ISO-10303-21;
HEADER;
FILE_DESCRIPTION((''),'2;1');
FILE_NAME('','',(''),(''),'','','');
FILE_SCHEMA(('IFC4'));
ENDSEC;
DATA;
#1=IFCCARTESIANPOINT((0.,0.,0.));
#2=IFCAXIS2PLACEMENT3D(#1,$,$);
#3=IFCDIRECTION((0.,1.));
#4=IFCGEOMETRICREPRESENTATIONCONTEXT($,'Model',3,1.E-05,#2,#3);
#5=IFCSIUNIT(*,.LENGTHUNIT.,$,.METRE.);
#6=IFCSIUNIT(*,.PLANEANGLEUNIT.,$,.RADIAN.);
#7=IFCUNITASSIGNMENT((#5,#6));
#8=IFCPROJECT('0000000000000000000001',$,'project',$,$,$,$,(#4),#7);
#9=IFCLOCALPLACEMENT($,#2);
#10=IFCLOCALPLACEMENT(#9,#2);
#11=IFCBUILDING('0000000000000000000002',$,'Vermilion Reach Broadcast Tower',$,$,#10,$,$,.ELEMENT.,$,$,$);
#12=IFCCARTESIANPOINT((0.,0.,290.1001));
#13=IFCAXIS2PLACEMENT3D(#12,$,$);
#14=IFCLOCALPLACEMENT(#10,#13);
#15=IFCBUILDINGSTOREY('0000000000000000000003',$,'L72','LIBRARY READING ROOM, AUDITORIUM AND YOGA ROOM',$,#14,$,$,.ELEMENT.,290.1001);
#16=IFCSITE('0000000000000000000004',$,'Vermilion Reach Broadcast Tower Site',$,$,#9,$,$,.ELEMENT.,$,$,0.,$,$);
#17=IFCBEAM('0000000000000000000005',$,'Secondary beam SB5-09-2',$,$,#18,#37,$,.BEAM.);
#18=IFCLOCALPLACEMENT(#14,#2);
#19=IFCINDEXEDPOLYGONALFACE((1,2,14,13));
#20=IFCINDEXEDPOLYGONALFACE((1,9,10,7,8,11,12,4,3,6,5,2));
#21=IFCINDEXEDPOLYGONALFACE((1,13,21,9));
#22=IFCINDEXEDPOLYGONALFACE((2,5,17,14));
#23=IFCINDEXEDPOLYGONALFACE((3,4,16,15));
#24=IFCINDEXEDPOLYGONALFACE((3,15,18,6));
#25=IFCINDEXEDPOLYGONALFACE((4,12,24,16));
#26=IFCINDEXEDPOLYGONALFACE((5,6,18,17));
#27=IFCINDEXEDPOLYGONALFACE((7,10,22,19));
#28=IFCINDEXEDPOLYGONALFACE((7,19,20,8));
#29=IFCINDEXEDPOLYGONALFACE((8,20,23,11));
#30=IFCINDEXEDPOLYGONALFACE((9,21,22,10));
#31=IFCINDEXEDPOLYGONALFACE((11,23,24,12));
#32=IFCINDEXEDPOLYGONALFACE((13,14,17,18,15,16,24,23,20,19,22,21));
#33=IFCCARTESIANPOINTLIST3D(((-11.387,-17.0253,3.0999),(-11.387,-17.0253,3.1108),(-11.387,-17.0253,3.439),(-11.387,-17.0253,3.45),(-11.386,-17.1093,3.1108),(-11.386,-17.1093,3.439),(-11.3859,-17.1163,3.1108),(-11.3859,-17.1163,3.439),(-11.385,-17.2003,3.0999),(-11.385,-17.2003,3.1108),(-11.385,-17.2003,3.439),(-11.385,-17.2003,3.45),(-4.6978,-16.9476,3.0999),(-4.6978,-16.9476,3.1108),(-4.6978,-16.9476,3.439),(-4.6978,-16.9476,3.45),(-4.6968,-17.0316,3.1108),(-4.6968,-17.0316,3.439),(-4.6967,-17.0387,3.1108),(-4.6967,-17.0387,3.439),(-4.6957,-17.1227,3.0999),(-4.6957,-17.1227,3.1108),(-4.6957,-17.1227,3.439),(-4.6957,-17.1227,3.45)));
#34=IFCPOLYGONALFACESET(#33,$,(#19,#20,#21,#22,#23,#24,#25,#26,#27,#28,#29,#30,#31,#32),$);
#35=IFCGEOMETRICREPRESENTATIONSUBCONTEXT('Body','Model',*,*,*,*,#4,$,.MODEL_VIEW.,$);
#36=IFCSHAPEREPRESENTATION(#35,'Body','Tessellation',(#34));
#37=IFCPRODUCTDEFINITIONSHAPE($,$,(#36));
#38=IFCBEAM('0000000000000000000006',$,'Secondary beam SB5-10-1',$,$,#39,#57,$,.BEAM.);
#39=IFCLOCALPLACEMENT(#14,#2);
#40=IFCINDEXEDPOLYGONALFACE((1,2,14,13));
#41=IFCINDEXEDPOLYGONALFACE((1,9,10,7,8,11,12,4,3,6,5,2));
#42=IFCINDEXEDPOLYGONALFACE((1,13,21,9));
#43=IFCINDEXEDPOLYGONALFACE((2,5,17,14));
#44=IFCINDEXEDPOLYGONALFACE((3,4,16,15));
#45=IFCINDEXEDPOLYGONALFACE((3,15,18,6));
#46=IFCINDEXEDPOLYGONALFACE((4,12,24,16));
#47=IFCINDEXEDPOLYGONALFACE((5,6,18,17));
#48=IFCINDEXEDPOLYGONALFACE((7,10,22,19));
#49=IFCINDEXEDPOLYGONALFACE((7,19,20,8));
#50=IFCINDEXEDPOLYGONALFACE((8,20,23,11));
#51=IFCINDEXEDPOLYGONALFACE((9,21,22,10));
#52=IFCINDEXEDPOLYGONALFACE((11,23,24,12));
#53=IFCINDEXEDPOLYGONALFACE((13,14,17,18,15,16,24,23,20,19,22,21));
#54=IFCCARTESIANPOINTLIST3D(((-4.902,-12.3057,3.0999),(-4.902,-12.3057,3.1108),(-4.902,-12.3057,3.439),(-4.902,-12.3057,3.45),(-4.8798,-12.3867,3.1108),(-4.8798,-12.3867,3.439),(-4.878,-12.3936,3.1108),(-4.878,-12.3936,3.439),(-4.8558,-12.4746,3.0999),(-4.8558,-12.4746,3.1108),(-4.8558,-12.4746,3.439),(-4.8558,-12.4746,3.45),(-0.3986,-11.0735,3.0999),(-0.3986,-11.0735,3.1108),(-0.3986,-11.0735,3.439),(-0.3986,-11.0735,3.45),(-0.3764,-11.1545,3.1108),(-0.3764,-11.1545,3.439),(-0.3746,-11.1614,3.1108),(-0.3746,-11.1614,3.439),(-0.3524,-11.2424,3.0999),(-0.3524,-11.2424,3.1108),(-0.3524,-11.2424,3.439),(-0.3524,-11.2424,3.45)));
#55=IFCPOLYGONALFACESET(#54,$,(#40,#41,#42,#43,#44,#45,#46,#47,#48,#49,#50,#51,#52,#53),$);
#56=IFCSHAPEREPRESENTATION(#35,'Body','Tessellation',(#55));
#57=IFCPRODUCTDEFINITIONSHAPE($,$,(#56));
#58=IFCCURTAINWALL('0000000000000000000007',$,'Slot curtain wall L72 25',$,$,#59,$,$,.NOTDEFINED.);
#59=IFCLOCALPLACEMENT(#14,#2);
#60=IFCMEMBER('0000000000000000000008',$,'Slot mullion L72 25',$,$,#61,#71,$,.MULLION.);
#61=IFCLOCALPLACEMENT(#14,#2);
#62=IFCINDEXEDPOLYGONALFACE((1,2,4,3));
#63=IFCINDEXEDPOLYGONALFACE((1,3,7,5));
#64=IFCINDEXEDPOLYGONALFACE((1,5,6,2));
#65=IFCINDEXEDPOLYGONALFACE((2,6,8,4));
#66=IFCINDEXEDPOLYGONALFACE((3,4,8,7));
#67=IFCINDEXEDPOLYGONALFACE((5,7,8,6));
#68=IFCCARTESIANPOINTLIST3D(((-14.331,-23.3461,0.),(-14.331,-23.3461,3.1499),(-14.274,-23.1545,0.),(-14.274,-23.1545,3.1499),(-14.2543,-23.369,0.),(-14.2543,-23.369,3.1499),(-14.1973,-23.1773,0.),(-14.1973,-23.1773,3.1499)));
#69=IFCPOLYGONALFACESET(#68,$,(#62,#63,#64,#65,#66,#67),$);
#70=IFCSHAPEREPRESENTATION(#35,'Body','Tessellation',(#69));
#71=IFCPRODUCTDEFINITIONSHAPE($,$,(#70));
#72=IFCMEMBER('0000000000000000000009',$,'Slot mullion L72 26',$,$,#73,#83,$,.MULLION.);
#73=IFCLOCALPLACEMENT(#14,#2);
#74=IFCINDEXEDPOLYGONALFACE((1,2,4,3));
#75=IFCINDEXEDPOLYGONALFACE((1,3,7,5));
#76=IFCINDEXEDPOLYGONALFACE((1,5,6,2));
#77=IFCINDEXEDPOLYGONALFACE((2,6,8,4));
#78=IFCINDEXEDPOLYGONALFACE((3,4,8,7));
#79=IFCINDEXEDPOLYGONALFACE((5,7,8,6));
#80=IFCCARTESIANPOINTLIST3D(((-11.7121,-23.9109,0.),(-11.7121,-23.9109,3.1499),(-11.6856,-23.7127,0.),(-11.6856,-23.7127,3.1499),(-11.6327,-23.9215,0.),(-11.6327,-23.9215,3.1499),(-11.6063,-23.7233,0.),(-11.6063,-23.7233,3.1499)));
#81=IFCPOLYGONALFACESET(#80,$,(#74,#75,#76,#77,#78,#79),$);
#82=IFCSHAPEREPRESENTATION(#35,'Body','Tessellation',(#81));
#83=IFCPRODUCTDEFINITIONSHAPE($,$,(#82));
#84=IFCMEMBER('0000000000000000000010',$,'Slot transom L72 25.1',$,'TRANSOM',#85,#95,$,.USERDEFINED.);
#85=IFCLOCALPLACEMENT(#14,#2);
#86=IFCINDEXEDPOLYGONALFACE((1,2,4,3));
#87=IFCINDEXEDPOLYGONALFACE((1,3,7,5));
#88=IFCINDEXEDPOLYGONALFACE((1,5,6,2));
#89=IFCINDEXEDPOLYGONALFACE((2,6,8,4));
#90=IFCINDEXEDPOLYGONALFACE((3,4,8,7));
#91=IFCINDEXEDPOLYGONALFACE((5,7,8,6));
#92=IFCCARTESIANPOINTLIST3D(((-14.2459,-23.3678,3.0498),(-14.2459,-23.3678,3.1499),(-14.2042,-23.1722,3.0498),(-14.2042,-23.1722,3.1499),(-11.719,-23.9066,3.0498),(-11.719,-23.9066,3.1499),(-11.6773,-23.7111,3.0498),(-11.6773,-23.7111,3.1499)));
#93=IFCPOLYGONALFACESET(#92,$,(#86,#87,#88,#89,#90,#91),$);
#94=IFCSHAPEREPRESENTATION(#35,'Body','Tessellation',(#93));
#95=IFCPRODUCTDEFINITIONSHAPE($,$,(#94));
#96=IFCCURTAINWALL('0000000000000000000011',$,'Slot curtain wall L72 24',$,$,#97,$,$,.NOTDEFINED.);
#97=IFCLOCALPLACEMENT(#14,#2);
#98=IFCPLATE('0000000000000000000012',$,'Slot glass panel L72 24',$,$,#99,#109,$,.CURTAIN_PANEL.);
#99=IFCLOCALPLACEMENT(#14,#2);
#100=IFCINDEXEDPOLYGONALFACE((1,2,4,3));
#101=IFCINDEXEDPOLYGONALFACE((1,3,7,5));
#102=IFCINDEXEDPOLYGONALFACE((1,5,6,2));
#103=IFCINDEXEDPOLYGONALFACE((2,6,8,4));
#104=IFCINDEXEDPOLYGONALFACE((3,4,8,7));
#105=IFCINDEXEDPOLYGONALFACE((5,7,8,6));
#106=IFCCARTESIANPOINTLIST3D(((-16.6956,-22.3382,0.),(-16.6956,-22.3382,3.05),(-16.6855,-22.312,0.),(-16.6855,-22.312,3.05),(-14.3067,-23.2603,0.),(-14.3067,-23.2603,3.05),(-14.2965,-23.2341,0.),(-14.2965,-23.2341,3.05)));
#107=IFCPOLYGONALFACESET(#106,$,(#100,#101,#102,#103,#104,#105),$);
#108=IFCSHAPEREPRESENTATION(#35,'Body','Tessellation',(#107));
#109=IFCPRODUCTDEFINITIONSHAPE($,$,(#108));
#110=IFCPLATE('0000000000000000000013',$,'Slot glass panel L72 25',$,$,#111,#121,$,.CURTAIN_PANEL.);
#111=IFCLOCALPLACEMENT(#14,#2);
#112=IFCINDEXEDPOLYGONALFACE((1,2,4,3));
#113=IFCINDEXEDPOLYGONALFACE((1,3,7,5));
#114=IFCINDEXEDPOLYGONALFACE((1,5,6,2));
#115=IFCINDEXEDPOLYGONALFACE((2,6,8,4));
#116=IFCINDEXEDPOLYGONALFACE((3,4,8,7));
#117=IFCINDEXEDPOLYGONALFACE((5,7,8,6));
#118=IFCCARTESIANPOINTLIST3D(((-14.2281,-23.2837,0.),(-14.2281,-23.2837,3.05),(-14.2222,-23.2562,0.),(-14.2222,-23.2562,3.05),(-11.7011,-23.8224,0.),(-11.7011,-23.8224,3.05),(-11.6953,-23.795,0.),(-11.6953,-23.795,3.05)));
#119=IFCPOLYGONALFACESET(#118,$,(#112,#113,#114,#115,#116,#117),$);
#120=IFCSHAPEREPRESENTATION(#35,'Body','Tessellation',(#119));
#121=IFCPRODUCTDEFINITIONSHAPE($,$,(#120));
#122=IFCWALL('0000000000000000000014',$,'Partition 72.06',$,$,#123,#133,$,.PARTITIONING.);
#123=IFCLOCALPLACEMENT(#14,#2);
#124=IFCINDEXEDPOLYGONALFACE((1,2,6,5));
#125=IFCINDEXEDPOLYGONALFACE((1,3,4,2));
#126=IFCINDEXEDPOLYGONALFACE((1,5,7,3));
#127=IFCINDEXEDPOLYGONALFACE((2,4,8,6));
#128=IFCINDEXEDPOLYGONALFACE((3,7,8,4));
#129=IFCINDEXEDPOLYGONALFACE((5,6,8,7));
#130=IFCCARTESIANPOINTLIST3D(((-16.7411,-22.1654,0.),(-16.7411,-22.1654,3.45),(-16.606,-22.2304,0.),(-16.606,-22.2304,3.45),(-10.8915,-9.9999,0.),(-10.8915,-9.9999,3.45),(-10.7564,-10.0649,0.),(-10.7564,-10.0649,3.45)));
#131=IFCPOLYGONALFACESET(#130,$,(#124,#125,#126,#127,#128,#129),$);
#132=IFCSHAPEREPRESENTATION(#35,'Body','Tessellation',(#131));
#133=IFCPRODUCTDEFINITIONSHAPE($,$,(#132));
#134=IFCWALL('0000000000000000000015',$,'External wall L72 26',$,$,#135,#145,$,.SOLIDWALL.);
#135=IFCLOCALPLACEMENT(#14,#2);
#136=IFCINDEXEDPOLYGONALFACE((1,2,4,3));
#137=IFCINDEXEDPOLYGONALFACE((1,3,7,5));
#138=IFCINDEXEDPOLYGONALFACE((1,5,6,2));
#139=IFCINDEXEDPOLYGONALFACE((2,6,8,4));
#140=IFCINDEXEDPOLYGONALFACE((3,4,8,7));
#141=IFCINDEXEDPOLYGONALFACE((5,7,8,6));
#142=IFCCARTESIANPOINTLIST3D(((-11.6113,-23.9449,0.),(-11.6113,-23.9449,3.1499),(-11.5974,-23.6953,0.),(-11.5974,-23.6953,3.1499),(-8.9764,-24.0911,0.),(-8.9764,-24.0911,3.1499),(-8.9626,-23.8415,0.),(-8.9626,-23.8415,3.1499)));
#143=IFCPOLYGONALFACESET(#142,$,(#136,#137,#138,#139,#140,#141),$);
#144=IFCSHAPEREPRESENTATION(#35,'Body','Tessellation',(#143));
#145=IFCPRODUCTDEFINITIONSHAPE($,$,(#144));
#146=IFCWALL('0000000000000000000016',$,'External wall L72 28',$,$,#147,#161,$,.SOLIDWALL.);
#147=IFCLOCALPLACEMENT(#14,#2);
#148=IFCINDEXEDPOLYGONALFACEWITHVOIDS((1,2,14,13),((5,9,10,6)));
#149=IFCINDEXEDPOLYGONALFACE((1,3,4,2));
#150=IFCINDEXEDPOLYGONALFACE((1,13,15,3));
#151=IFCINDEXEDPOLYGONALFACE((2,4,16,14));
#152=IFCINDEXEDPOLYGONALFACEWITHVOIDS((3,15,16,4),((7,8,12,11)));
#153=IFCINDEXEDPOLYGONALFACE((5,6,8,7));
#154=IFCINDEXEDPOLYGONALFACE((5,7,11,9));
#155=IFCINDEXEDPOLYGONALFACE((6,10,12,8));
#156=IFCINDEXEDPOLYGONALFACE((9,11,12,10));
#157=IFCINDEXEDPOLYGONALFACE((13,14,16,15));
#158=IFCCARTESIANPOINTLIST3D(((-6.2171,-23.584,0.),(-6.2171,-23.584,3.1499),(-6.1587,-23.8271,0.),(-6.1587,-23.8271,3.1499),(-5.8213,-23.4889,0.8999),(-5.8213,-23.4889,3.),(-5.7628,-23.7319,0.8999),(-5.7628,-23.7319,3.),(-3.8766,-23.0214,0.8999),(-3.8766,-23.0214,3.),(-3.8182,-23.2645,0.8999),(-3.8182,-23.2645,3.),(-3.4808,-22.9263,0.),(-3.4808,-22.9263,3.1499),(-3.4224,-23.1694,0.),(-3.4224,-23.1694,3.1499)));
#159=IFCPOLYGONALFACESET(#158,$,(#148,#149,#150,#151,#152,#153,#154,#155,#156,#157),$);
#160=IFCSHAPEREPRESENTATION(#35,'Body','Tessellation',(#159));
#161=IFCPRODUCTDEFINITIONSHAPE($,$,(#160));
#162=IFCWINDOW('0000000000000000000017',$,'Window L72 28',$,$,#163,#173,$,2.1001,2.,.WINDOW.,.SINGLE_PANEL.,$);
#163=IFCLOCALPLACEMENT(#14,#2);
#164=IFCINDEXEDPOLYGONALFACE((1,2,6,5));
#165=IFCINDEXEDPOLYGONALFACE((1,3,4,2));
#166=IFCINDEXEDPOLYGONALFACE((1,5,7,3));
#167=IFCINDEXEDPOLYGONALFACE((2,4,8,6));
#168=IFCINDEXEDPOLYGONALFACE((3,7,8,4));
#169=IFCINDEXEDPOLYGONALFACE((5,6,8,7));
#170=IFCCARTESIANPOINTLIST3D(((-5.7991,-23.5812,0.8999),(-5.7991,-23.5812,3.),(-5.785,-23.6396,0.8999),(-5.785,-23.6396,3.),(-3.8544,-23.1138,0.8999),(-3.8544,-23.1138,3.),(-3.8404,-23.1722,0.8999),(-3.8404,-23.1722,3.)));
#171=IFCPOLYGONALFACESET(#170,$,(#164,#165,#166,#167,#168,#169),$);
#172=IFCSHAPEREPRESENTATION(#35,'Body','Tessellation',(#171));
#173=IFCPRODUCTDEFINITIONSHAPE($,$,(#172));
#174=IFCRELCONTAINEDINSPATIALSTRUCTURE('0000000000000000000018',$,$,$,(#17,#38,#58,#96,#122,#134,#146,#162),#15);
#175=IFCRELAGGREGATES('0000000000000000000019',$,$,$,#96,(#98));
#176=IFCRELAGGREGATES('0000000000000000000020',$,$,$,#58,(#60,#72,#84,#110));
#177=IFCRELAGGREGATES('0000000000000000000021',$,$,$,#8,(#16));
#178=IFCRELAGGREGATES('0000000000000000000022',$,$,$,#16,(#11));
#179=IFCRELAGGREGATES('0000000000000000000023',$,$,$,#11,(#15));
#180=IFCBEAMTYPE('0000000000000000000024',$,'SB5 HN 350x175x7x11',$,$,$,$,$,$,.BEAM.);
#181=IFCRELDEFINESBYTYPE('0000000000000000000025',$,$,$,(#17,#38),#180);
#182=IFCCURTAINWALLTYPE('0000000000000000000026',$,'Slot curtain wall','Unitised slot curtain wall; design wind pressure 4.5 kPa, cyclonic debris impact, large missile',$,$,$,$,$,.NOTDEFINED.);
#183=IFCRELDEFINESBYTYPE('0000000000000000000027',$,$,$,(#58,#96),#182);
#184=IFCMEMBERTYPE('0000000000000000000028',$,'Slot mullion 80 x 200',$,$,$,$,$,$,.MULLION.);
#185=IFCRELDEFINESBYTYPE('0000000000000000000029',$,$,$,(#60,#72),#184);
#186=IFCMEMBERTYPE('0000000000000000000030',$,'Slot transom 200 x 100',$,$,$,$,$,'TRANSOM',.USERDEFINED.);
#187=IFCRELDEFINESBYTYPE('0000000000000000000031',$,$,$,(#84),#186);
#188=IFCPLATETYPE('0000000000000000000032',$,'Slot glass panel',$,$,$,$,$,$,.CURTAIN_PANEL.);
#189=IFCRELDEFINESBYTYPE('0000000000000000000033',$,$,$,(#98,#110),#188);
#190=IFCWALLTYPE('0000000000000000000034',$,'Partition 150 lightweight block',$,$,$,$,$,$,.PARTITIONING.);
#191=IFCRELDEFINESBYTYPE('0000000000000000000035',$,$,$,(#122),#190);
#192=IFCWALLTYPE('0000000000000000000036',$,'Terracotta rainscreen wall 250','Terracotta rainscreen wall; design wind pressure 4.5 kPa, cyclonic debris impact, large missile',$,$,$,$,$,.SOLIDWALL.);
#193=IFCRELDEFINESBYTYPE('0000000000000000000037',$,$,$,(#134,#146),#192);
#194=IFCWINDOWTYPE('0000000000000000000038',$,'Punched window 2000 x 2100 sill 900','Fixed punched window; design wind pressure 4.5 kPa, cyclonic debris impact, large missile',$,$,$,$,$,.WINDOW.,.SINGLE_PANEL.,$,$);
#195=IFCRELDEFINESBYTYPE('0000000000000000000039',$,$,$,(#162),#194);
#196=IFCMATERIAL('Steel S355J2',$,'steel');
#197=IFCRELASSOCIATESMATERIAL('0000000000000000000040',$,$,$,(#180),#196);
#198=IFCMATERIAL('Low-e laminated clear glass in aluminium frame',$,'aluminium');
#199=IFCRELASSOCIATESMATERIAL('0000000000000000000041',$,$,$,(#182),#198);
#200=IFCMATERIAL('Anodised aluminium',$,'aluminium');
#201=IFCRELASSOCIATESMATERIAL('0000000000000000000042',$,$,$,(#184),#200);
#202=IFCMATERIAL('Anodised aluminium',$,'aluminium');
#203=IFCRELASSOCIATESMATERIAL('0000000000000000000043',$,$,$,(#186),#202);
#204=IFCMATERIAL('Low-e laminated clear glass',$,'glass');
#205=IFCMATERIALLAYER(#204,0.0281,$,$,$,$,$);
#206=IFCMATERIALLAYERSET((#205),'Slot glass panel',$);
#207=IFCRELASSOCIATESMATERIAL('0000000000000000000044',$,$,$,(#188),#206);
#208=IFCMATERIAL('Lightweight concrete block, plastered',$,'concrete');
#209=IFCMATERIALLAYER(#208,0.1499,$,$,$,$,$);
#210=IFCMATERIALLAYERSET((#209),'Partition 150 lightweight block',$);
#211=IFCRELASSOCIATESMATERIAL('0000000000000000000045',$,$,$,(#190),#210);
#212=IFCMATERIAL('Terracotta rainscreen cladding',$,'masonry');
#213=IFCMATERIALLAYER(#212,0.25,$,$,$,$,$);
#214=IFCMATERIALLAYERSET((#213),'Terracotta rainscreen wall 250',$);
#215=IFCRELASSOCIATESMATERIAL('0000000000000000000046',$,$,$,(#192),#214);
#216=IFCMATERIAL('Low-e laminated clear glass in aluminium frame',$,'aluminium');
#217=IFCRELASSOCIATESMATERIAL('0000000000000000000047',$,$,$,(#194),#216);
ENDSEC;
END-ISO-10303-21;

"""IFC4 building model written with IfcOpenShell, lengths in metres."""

from ifc_helpers import new_model, si_unit, direction, frame, frame_2d, origin, origin_2d, place, context, subcontext, project, spatial, rectangle, i_section, extrude, material, layer, layer_set, material_profile, profile_set, type_object, element, fill, aggregate, save


model = new_model("IFC4")

# Units and contexts
model_context = context("Model", 3, precision=1e-05, world=origin(), true_north=direction((0.0, 1.0)))
body_context = subcontext(model_context, "Body", "Model", "MODEL_VIEW")
ifc_project = project(units=[si_unit("LENGTHUNIT", "METRE"), si_unit("PLANEANGLEUNIT", "RADIAN")], contexts=[model_context])

# Site, building, storey
site_placement = place(None, origin())
site = spatial("IfcSite", under=ifc_project, at=site_placement, Name="Vermilion Reach Broadcast Tower Site", CompositionType="ELEMENT", RefElevation=0.0)
building_placement = place(site_placement, origin())
building = spatial("IfcBuilding", under=site, at=building_placement, Name="Vermilion Reach Broadcast Tower", CompositionType="ELEMENT")
storey_placement = place(building_placement, frame((0.0, 0.0, 290.1001)))
storey = spatial("IfcBuildingStorey", under=building, at=storey_placement, Name="L72", Description="LIBRARY READING ROOM, AUDITORIUM AND YOGA ROOM", CompositionType="ELEMENT", Elevation=290.1001)

# Beams
ifc_material_1 = material(Name="Steel S355J2", Category="steel")
ifc_material_profile_1 = material_profile(ifc_material_1, i_section(OverallWidth=0.175, OverallDepth=0.3501, WebThickness=0.0071, FlangeThickness=0.011, at=origin_2d()), Name="S355J2 HN 350x175x7x11")
ifc_profile_set_1 = profile_set([ifc_material_profile_1], Name="Steel S355J2")
beam_type_1 = type_object("IfcBeamType", Name="SB5 HN 350x175x7x11", PredefinedType="BEAM", material=ifc_profile_set_1)
beam_1_placement = place(storey_placement, frame((-11.386, -17.1128, 3.2749), z_axis=(0.999933, 0.011605, 0.0), x_axis=(-0.011605, 0.999933, 0.0)))
element("IfcBeam", 1, at=beam_1_placement, inside=storey, type_object=beam_type_1, Name="Secondary beam SB5-09-2", PredefinedType="BEAM", context=body_context, shape_type="SweptSolid", body=[
    extrude(i_section(OverallWidth=0.175, OverallDepth=0.3501, WebThickness=0.0071, FlangeThickness=0.011, at=origin_2d()), origin(), (0.0, 0.0, 1.0), 6.6897),
])
beam_2_placement = place(storey_placement, frame((-4.8789, -12.3901, 3.2749), z_axis=(0.964547, 0.263909, 0.0), x_axis=(-0.263909, 0.964547, 0.0)))
element("IfcBeam", 2, at=beam_2_placement, inside=storey, type_object=beam_type_1, Name="Secondary beam SB5-10-1", PredefinedType="BEAM", context=body_context, shape_type="SweptSolid", body=[
    extrude(i_section(OverallWidth=0.175, OverallDepth=0.3501, WebThickness=0.0071, FlangeThickness=0.011, at=origin_2d()), origin(), (0.0, 0.0, 1.0), 4.6689),
])

# Curtain wall, members
ifc_material_2 = material(Name="Low-e laminated clear glass in aluminium frame", Category="aluminium")
curtain_wall_type = type_object("IfcCurtainWallType", Name="Slot curtain wall", Description="Unitised slot curtain wall; design wind pressure 4.5 kPa, cyclonic debris impact, large missile", PredefinedType="NOTDEFINED", material=ifc_material_2)
placement = place(storey_placement, origin())
curtain_wall_1 = element("IfcCurtainWall", 3, at=placement, inside=storey, type_object=curtain_wall_type, Name="Slot curtain wall L72 25", PredefinedType="NOTDEFINED")
ifc_material_3 = material(Name="Anodised aluminium", Category="aluminium")
ifc_material_profile_2 = material_profile(ifc_material_3, rectangle(XDim=0.2, YDim=0.0801, at=origin_2d()), Name="Slot mullion 80 x 200")
ifc_profile_set_2 = profile_set([ifc_material_profile_2], Name="Anodised aluminium")
member_type_1 = type_object("IfcMemberType", Name="Slot mullion 80 x 200", PredefinedType="MULLION", material=ifc_profile_set_2)
member_1_placement = place(storey_placement, frame((-14.2642, -23.2617, 0.0), z_axis=(0.0, 0.0, 1.0), x_axis=(0.285205, 0.958467, 0.0)))
member_1 = element("IfcMember", 4, at=member_1_placement, type_object=member_type_1, Name="Slot mullion L72 25", PredefinedType="MULLION", context=body_context, shape_type="SweptSolid", body=[
    extrude(rectangle(XDim=0.2, YDim=0.0801, at=origin_2d()), origin(), (0.0, 0.0, 1.0), 3.1499),
])
member_2_placement = place(storey_placement, frame((-11.6592, -23.8171, 0.0), z_axis=(0.0, 0.0, 1.0), x_axis=(0.132369, 0.991201, 0.0)))
member_2 = element("IfcMember", 5, at=member_2_placement, type_object=member_type_1, Name="Slot mullion L72 26", PredefinedType="MULLION", context=body_context, shape_type="SweptSolid", body=[
    extrude(rectangle(XDim=0.2, YDim=0.0801, at=origin_2d()), origin(), (0.0, 0.0, 1.0), 3.1499),
])
ifc_material_4 = material(Name="Anodised aluminium", Category="aluminium")
ifc_material_profile_3 = material_profile(ifc_material_4, rectangle(XDim=0.2, YDim=0.1001, at=origin_2d()), Name="Slot transom 200 x 100")
ifc_profile_set_3 = profile_set([ifc_material_profile_3], Name="Anodised aluminium")
member_type_2 = type_object("IfcMemberType", Name="Slot transom 200 x 100", ElementType="TRANSOM", PredefinedType="USERDEFINED", material=ifc_profile_set_3)
member_3_placement = place(storey_placement, frame((-14.2251, -23.27, 3.0999), z_axis=(0.978012, -0.208548, 0.0), x_axis=(0.208548, 0.978012, 0.0)))
member_3 = element("IfcMember", 6, at=member_3_placement, type_object=member_type_2, Name="Slot transom L72 25.1", ObjectType="TRANSOM", PredefinedType="USERDEFINED", context=body_context, shape_type="SweptSolid", body=[
    extrude(rectangle(XDim=0.2, YDim=0.1001, at=origin_2d()), origin(), (0.0, 0.0, 1.0), 2.5837),
])

# Curtain wall, plate
curtain_wall_2 = element("IfcCurtainWall", 7, at=placement, inside=storey, type_object=curtain_wall_type, Name="Slot curtain wall L72 24", PredefinedType="NOTDEFINED")
ifc_material_5 = material(Name="Low-e laminated clear glass", Category="glass")
ifc_layer_1 = layer(ifc_material_5, 0.0281)
ifc_layer_set_1 = layer_set([ifc_layer_1], Name="Slot glass panel")
plate_type = type_object("IfcPlateType", Name="Slot glass panel", PredefinedType="CURTAIN_PANEL", material=ifc_layer_set_1)
plate_1_placement = place(storey_placement, frame((-15.4961, -22.7861, 0.0), z_axis=(0.0, 0.0, 1.0), x_axis=(0.932911, -0.360107, 0.0)))
plate_1 = element("IfcPlate", 8, at=plate_1_placement, type_object=plate_type, Name="Slot glass panel L72 24", PredefinedType="CURTAIN_PANEL", context=body_context, shape_type="SweptSolid", body=[
    extrude(rectangle(XDim=2.5608, YDim=0.0281, at=origin_2d()), origin(), (0.0, 0.0, 1.0), 3.05),
])
aggregate(curtain_wall_2, [plate_1])

# Plate
plate_2_placement = place(storey_placement, frame((-12.9617, -23.5393, 0.0), z_axis=(0.0, 0.0, 1.0), x_axis=(0.978019, -0.208516, 0.0)))
plate_2 = element("IfcPlate", 9, at=plate_2_placement, type_object=plate_type, Name="Slot glass panel L72 25", PredefinedType="CURTAIN_PANEL", context=body_context, shape_type="SweptSolid", body=[
    extrude(rectangle(XDim=2.5837, YDim=0.0281, at=origin_2d()), origin(), (0.0, 0.0, 1.0), 3.05),
])
aggregate(curtain_wall_1, [member_1, member_2, member_3, plate_2])

# Walls
ifc_material_6 = material(Name="Lightweight concrete block, plastered", Category="concrete")
ifc_layer_2 = layer(ifc_material_6, 0.1499)
ifc_layer_set_2 = layer_set([ifc_layer_2], Name="Partition 150 lightweight block")
wall_type_1 = type_object("IfcWallType", Name="Partition 150 lightweight block", PredefinedType="PARTITIONING", material=ifc_layer_set_2)
wall_1_placement = place(storey_placement, frame((-16.6736, -22.198, 0.0), z_axis=(0.0, 0.0, 1.0), x_axis=(0.433342, 0.901229, 0.0)))
element("IfcWall", 10, at=wall_1_placement, inside=storey, type_object=wall_type_1, Name="Partition 72.06", PredefinedType="PARTITIONING", context=body_context, shape_type="SweptSolid", body=[
    extrude(rectangle(XDim=13.4988, YDim=0.1499, at=frame_2d((6.7495, 0.0))), origin(), (0.0, 0.0, 1.0), 3.45),
])
ifc_material_7 = material(Name="Terracotta rainscreen cladding", Category="masonry")
ifc_layer_3 = layer(ifc_material_7, 0.25)
ifc_layer_set_3 = layer_set([ifc_layer_3], Name="Terracotta rainscreen wall 250")
wall_type_2 = type_object("IfcWallType", Name="Terracotta rainscreen wall 250", Description="Terracotta rainscreen wall; design wind pressure 4.5 kPa, cyclonic debris impact, large missile", PredefinedType="SOLIDWALL", material=ifc_layer_set_3)
wall_2_placement = place(storey_placement, frame((-11.6042, -23.8201, 0.0), z_axis=(0.0, 0.0, 1.0), x_axis=(0.998463, -0.055419, 0.0)))
element("IfcWall", 11, at=wall_2_placement, inside=storey, type_object=wall_type_2, Name="External wall L72 26", PredefinedType="SOLIDWALL", context=body_context, shape_type="SweptSolid", body=[
    extrude(rectangle(XDim=2.6389, YDim=0.25, at=frame_2d((1.3193, 0.0))), origin(), (0.0, 0.0, 1.0), 3.1499),
])

# Wall, opening, window
wall_3_placement = place(storey_placement, frame((-6.188, -23.7056, 0.0), z_axis=(0.0, 0.0, 1.0), x_axis=(0.972307, 0.233708, 0.0)))
wall_3 = element("IfcWall", 12, at=wall_3_placement, inside=storey, type_object=wall_type_2, Name="External wall L72 28", PredefinedType="SOLIDWALL", context=body_context, shape_type="SweptSolid", body=[
    extrude(rectangle(XDim=2.8142, YDim=0.25, at=frame_2d((1.4072, 0.0))), origin(), (0.0, 0.0, 1.0), 3.1499),
])
opening_1_placement = place(wall_3_placement, frame((0.4072, 0.0, 0.8999)))
opening_1 = element("IfcOpeningElement", 13, at=opening_1_placement, cuts=wall_3, PredefinedType="OPENING", context=body_context, shape_type="SweptSolid", body=[
    extrude(rectangle(XDim=2.0, YDim=2.1001, at=frame_2d((1.0, 1.05))), frame((0.0, 0.135, 0.0), z_axis=(0.0, -1.0, 0.0), x_axis=(1.0, 0.0, 0.0)), (0.0, 0.0, 1.0), 0.27),
])
ifc_material_8 = material(Name="Low-e laminated clear glass in aluminium frame", Category="aluminium")
window_type = type_object("IfcWindowType", Name="Punched window 2000 x 2100 sill 900", Description="Fixed punched window; design wind pressure 4.5 kPa, cyclonic debris impact, large missile", PartitioningType="SINGLE_PANEL", PredefinedType="WINDOW", material=ifc_material_8)
window_placement = place(opening_1_placement, origin())
window = element("IfcWindow", 14, at=window_placement, inside=storey, type_object=window_type, Name="Window L72 28", OverallHeight=2.1001, OverallWidth=2.0, PartitioningType="SINGLE_PANEL", PredefinedType="WINDOW", context=body_context, shape_type="SweptSolid", body=[
    extrude(rectangle(XDim=2.0, YDim=2.1001, at=frame_2d((1.0, 1.05))), frame((0.0, 0.03, 0.0), z_axis=(0.0, -1.0, 0.0), x_axis=(1.0, 0.0, 0.0)), (0.0, 0.0, 1.0), 0.0601),
])
fill(opening_1, window)

save(model, "model.ifc")
